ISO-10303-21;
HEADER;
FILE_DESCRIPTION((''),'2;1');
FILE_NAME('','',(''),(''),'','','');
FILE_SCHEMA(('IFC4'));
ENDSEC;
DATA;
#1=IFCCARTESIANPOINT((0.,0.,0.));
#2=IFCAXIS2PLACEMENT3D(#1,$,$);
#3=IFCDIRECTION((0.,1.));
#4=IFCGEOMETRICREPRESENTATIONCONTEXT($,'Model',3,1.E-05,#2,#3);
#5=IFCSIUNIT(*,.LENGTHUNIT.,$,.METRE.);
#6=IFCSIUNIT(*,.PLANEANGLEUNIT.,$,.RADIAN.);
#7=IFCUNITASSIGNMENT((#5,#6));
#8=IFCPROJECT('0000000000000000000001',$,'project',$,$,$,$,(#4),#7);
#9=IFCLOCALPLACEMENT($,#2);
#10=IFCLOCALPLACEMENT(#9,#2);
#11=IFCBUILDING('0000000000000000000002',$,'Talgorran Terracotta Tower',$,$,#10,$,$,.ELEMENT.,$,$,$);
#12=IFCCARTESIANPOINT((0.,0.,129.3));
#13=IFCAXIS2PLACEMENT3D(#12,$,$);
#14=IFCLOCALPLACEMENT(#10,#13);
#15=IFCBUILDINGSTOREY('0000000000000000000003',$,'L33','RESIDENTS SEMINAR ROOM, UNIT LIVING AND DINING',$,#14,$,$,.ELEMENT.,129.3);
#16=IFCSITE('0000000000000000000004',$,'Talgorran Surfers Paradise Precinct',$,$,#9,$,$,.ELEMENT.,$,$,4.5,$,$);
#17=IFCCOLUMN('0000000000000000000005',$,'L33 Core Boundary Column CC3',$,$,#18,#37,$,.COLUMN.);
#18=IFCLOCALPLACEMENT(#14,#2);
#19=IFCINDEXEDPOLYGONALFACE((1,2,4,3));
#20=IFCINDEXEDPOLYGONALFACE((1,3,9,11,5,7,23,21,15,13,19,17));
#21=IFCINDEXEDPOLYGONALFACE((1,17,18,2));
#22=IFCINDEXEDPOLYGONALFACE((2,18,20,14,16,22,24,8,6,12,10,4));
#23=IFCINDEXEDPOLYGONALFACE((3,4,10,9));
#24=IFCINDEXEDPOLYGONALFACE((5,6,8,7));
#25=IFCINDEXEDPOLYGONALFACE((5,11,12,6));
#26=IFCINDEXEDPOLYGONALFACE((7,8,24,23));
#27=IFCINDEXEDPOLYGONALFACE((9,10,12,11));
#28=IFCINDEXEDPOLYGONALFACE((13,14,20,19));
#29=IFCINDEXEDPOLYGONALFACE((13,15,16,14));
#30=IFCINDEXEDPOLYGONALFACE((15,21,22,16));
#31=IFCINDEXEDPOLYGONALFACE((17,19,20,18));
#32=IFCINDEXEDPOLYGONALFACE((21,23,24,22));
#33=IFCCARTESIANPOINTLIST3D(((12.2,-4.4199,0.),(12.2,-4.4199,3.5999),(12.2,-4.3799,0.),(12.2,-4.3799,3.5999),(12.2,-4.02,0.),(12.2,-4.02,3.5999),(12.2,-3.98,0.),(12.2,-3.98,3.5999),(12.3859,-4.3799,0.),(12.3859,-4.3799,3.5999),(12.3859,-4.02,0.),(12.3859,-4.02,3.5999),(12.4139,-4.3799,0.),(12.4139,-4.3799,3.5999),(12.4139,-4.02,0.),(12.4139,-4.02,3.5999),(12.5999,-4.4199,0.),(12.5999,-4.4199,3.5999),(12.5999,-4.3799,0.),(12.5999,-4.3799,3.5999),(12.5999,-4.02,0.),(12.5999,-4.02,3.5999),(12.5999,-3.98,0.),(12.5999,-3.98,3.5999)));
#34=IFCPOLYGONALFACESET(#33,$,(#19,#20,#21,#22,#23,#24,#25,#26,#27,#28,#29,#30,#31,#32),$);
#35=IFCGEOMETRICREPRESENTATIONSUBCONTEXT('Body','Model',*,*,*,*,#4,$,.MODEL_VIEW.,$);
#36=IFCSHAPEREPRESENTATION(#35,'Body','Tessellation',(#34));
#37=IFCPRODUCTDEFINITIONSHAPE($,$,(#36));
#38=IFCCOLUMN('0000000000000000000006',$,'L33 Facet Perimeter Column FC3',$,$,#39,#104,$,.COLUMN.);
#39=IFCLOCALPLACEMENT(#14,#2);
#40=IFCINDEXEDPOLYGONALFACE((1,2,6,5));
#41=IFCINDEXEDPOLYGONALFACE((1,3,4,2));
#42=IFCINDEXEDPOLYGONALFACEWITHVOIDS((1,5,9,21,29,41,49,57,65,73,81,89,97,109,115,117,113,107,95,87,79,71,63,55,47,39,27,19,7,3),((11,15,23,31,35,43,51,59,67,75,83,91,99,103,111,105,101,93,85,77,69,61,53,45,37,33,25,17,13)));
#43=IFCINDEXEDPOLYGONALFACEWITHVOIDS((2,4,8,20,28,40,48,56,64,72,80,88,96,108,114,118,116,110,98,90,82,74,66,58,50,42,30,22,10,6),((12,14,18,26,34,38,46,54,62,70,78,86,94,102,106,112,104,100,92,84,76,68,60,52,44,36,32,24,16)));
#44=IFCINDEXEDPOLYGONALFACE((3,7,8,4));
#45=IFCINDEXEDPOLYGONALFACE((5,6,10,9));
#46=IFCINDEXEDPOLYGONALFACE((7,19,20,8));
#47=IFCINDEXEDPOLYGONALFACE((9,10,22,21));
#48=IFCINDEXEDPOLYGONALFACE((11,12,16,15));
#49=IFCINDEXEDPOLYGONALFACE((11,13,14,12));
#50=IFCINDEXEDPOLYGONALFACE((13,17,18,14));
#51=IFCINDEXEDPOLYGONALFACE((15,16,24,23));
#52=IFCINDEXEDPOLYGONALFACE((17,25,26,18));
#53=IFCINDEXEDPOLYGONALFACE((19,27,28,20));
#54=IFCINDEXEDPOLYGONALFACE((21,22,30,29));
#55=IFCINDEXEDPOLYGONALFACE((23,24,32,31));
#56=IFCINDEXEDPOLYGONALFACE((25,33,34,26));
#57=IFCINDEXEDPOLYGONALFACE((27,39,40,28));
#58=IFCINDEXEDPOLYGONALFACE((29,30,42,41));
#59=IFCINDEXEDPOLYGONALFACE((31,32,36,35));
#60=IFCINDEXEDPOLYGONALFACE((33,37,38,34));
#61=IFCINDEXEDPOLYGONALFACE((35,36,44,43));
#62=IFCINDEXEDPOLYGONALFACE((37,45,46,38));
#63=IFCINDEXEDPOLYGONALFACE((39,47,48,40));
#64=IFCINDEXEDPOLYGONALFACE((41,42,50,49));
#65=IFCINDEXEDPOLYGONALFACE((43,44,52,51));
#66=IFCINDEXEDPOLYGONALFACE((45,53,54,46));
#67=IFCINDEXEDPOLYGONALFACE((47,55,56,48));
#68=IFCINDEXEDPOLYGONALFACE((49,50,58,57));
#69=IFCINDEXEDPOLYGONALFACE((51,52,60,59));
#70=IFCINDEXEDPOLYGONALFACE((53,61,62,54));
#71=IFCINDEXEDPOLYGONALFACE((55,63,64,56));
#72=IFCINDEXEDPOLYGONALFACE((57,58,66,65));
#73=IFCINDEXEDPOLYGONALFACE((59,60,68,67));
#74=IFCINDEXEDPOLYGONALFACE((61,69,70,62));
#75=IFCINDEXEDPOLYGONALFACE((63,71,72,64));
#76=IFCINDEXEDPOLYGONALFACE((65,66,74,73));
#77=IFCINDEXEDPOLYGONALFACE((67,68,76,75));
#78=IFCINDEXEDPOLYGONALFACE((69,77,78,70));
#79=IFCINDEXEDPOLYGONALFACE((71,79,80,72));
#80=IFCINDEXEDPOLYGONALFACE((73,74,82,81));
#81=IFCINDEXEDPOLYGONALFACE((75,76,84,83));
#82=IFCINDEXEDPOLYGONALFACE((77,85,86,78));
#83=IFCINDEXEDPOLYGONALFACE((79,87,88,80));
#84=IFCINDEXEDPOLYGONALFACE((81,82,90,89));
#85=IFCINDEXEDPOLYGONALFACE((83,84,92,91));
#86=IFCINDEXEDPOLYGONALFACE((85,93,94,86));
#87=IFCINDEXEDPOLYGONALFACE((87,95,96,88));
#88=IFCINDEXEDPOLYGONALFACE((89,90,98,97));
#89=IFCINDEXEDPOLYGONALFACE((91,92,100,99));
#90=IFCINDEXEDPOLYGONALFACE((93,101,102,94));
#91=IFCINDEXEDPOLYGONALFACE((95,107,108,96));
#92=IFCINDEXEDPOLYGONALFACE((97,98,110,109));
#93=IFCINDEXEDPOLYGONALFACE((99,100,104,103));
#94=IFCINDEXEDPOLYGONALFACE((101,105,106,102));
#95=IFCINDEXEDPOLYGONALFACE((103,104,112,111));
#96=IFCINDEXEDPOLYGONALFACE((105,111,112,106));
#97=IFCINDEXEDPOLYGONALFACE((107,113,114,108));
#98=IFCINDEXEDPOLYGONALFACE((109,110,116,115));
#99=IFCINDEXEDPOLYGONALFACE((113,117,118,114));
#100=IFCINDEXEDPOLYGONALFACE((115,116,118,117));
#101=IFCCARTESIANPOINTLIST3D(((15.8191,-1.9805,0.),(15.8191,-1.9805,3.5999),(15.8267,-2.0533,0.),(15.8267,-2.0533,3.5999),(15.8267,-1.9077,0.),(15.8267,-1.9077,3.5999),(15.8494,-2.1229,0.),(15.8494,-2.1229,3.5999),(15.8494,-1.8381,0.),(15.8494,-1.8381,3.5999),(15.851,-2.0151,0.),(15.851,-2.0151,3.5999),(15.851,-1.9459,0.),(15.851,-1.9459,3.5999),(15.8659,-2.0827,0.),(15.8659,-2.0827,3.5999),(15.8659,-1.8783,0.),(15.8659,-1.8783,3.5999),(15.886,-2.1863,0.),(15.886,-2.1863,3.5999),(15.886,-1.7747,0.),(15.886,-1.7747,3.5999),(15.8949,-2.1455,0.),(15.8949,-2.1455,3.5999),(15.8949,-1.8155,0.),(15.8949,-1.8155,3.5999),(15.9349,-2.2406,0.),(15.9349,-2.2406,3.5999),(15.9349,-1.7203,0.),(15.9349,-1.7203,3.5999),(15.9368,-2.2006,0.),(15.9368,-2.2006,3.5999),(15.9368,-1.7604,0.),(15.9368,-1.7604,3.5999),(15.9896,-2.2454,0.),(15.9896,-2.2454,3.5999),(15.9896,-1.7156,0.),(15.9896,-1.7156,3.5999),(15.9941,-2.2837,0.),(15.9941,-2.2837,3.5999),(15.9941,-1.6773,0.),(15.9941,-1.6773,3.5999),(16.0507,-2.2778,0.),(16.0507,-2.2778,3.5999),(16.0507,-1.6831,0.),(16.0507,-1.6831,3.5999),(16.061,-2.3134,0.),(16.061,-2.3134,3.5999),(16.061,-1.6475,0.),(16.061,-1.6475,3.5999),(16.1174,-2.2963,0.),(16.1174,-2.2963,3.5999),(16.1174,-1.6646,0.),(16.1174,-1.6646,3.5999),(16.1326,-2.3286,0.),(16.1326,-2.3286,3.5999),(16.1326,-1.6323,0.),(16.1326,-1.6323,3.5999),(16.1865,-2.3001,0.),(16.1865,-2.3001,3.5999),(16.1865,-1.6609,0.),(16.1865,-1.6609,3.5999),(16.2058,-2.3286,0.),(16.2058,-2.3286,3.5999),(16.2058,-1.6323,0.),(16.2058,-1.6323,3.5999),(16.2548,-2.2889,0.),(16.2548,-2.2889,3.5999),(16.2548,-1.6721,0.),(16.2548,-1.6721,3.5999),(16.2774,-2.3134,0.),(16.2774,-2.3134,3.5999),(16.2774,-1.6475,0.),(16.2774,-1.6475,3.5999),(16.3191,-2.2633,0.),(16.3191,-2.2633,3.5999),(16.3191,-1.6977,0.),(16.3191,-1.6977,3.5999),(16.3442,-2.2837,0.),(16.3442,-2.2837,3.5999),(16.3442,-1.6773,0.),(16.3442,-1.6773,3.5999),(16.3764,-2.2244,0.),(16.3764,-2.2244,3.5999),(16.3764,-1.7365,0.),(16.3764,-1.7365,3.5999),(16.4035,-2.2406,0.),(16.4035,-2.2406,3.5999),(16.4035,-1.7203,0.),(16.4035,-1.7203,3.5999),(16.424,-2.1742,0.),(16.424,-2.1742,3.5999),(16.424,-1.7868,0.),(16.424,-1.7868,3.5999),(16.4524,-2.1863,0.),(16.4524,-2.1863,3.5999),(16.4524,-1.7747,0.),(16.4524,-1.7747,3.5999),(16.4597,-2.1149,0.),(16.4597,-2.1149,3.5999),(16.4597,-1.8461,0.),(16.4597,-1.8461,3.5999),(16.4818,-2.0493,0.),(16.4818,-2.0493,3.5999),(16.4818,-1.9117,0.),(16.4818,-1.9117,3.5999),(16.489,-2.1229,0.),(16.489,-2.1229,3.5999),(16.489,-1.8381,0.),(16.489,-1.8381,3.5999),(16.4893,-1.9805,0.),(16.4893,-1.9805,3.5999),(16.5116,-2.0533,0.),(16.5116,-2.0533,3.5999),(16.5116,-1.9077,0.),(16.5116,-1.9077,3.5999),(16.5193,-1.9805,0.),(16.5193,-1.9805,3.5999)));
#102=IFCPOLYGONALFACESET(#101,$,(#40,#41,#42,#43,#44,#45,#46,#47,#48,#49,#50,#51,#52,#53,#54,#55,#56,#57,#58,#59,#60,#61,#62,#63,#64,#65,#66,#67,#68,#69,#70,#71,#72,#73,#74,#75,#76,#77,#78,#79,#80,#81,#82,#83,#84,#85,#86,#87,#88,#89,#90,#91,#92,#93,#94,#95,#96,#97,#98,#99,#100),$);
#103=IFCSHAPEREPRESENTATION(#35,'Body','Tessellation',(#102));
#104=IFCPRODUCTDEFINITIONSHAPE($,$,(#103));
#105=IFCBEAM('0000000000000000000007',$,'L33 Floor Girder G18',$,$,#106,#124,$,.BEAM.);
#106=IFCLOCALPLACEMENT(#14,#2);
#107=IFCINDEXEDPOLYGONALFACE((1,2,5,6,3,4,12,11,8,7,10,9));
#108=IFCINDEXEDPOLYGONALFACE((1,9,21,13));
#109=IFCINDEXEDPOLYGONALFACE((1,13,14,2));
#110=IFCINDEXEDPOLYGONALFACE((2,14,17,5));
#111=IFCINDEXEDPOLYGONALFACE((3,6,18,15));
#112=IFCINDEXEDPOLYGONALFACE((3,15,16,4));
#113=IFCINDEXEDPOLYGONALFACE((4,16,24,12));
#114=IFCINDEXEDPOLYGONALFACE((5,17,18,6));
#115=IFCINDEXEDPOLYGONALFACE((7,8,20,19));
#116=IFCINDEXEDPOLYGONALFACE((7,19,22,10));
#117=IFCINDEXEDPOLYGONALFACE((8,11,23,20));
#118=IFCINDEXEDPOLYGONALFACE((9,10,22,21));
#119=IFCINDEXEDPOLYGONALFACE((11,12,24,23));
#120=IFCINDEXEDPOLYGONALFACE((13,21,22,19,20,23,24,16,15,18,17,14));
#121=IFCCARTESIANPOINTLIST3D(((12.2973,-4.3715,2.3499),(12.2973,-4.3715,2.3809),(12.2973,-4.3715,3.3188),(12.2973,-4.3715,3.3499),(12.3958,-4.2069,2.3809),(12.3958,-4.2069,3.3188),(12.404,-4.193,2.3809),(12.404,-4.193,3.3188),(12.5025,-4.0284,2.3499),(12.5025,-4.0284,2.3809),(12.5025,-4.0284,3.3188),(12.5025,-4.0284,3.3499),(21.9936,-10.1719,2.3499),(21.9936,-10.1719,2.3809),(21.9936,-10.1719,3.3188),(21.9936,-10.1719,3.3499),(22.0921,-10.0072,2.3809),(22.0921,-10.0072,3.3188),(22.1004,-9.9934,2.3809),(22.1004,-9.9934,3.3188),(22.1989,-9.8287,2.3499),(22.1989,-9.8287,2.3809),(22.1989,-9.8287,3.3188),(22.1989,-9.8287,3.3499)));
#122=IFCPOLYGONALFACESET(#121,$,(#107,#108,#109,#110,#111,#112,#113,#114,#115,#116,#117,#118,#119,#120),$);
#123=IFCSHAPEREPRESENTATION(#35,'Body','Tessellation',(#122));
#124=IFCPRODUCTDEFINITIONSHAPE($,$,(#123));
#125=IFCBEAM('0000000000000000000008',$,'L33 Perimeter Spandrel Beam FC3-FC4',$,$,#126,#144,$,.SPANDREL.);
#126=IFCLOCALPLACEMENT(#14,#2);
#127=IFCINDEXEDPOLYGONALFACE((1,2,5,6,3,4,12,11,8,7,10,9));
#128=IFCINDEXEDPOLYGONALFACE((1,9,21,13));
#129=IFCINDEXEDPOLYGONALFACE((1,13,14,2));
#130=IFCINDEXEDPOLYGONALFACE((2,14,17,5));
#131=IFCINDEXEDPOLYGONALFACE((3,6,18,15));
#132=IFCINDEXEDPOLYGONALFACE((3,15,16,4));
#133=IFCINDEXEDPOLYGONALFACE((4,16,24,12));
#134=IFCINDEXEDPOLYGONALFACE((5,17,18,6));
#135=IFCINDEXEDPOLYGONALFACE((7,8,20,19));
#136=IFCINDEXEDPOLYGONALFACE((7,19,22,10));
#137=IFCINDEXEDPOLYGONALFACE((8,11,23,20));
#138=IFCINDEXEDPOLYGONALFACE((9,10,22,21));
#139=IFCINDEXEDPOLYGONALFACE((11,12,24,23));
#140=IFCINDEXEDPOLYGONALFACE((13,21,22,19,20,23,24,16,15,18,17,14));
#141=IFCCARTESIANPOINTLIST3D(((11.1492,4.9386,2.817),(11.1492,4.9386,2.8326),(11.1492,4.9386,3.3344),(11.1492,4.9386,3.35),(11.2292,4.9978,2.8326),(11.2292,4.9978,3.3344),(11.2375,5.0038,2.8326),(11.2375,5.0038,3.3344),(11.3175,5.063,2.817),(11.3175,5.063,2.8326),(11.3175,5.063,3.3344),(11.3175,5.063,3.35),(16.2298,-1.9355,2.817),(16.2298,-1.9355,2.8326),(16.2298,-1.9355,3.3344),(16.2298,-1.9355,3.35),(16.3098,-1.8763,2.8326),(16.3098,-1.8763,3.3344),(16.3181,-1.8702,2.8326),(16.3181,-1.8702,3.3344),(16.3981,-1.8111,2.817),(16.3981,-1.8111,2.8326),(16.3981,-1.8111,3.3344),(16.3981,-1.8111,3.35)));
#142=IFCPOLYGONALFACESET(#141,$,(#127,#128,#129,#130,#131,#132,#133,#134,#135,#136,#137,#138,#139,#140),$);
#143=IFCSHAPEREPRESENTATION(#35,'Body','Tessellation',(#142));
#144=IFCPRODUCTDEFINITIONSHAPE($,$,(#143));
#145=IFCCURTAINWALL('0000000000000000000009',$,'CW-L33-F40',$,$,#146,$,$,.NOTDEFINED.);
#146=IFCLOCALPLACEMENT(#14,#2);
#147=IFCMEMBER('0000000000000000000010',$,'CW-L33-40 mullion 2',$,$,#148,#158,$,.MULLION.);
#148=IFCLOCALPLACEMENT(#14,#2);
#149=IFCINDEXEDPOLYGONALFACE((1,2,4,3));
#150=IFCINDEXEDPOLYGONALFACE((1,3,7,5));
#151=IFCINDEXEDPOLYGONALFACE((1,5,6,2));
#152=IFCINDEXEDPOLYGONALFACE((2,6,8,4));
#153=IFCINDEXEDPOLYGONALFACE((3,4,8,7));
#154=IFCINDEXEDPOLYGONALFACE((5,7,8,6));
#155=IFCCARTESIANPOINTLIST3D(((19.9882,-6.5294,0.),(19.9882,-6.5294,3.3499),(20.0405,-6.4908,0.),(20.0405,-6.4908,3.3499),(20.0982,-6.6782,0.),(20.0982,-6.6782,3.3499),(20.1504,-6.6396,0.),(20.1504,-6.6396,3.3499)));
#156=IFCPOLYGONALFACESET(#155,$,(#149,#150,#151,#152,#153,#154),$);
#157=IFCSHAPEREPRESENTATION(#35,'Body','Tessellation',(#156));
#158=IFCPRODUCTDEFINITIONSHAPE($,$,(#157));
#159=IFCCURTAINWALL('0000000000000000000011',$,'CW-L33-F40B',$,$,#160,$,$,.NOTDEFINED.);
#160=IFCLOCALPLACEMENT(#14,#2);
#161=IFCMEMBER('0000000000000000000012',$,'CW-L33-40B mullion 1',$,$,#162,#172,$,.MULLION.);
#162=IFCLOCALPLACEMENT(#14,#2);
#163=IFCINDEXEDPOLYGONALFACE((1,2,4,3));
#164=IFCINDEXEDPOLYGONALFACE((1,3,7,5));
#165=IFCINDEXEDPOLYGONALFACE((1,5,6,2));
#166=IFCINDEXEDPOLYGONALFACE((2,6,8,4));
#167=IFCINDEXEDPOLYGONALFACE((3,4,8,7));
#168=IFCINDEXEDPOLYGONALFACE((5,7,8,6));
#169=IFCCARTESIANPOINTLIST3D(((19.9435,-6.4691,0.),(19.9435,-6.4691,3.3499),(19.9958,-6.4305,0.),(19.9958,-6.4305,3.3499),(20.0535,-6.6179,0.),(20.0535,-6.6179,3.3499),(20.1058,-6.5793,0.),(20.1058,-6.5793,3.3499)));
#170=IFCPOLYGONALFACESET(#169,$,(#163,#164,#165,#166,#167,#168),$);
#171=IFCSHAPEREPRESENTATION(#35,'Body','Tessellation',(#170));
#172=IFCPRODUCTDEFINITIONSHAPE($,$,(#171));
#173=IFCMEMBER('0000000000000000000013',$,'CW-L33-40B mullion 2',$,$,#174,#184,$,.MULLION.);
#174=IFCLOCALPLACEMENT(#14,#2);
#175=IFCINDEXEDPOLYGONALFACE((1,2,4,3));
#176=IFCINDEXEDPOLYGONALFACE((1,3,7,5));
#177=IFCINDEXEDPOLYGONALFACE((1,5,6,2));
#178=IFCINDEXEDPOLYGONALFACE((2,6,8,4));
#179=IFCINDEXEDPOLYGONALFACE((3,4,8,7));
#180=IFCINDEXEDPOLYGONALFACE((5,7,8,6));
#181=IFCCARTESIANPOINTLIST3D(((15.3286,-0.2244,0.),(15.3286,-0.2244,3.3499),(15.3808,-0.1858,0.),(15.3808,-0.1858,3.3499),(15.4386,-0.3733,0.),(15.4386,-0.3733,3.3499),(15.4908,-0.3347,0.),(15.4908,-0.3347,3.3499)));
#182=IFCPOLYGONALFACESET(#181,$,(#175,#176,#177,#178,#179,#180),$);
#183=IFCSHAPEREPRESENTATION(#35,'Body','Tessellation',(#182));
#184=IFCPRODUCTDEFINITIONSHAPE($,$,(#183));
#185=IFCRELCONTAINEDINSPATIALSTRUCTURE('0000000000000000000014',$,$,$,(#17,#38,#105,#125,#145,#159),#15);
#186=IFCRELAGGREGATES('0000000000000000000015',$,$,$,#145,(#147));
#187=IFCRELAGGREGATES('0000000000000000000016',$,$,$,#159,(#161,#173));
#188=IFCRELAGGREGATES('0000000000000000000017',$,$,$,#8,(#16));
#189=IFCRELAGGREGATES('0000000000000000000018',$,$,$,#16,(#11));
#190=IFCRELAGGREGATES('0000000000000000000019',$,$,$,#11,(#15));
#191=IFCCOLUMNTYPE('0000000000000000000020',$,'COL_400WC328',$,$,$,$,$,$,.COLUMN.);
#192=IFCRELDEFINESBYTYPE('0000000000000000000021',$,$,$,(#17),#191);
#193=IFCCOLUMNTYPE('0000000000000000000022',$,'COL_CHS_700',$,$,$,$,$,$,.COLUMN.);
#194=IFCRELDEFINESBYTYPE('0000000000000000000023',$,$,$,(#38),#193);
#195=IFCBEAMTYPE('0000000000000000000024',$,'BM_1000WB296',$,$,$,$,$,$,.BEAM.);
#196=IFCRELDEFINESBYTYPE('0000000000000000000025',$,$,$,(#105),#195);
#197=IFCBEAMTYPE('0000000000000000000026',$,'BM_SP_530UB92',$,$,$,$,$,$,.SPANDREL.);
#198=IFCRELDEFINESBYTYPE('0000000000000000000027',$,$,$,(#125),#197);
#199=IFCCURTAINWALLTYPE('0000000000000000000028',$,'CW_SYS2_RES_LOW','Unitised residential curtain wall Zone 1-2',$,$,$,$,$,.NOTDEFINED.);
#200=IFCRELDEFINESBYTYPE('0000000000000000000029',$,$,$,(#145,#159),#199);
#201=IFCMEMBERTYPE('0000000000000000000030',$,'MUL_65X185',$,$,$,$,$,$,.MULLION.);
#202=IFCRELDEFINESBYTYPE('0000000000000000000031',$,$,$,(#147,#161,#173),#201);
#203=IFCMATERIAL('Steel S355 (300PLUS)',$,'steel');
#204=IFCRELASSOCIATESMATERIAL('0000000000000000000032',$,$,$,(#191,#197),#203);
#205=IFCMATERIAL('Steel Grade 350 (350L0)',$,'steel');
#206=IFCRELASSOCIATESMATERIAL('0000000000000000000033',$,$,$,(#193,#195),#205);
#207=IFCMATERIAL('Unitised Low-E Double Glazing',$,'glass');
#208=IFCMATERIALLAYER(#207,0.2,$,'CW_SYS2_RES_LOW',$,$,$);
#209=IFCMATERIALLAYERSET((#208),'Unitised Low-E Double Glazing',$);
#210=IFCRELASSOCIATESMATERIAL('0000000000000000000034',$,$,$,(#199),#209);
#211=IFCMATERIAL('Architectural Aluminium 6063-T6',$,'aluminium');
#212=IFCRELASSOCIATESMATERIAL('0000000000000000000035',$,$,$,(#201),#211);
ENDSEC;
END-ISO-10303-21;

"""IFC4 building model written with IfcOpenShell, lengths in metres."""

from ifc_helpers import new_model, si_unit, direction, frame, origin, origin_2d, place, context, subcontext, project, spatial, rectangle, hollow_circle, i_section, extrude, material, layer, layer_set, material_profile, profile_set, type_object, element, aggregate, save


model = new_model("IFC4")

# Units and contexts
model_context = context("Model", 3, precision=1e-05, world=origin(), true_north=direction((0.0, 1.0)))
body_context = subcontext(model_context, "Body", "Model", "MODEL_VIEW")
ifc_project = project(units=[si_unit("LENGTHUNIT", "METRE"), si_unit("PLANEANGLEUNIT", "RADIAN")], contexts=[model_context])

# Site, building, storey
site_placement = place(None, origin())
site = spatial("IfcSite", under=ifc_project, at=site_placement, Name="Talgorran Surfers Paradise Precinct", CompositionType="ELEMENT", RefElevation=4.5)
building_placement = place(site_placement, origin())
building = spatial("IfcBuilding", under=site, at=building_placement, Name="Talgorran Terracotta Tower", CompositionType="ELEMENT")
storey_placement = place(building_placement, frame((0.0, 0.0, 129.3)))
storey = spatial("IfcBuildingStorey", under=building, at=storey_placement, Name="L33", Description="RESIDENTS SEMINAR ROOM, UNIT LIVING AND DINING", CompositionType="ELEMENT", Elevation=129.3)

# Columns
ifc_material_1 = material(Name="Steel S355 (300PLUS)", Category="steel")
ifc_material_profile_1 = material_profile(ifc_material_1, i_section(OverallWidth=0.3999, OverallDepth=0.4399, WebThickness=0.0281, FlangeThickness=0.04, at=origin_2d()), Name="400WC328")
ifc_profile_set_1 = profile_set([ifc_material_profile_1], Name="Steel S355 (300PLUS)")
column_type_1 = type_object("IfcColumnType", Name="COL_400WC328", PredefinedType="COLUMN", material=ifc_profile_set_1)
column_1_placement = place(storey_placement, frame((12.3999, -4.2, 0.0), z_axis=(0.0, 0.0, 1.0), x_axis=(1.0, 0.0, 0.0)))
element("IfcColumn", 1, at=column_1_placement, inside=storey, type_object=column_type_1, Name="L33 Core Boundary Column CC3", PredefinedType="COLUMN", context=body_context, shape_type="SweptSolid", body=[
    extrude(i_section(OverallWidth=0.3999, OverallDepth=0.4399, WebThickness=0.0281, FlangeThickness=0.04, at=origin_2d()), origin(), (0.0, 0.0, 1.0), 3.5999),
])
ifc_material_2 = material(Name="Steel Grade 350 (350L0)", Category="steel")
ifc_material_profile_2 = material_profile(ifc_material_2, hollow_circle(Radius=0.3501, WallThickness=0.03, at=origin_2d()), Name="CHS700X30")
ifc_profile_set_2 = profile_set([ifc_material_profile_2], Name="Steel Grade 350 (350L0)")
column_type_2 = type_object("IfcColumnType", Name="COL_CHS_700", PredefinedType="COLUMN", material=ifc_profile_set_2)
column_2_placement = place(storey_placement, frame((16.1692, -1.9805, 0.0), z_axis=(0.0, 0.0, 1.0), x_axis=(1.0, 0.0, 0.0)))
element("IfcColumn", 2, at=column_2_placement, inside=storey, type_object=column_type_2, Name="L33 Facet Perimeter Column FC3", PredefinedType="COLUMN", context=body_context, shape_type="SweptSolid", body=[
    extrude(hollow_circle(Radius=0.3501, WallThickness=0.03, at=origin_2d()), origin(), (0.0, 0.0, 1.0), 3.5999),
])

# Beams
ifc_material_profile_3 = material_profile(ifc_material_2, i_section(OverallWidth=0.3999, OverallDepth=1.0, WebThickness=0.0161, FlangeThickness=0.031, at=origin_2d()), Name="1000WB296")
ifc_profile_set_3 = profile_set([ifc_material_profile_3], Name="Steel Grade 350 (350L0)")
beam_type_1 = type_object("IfcBeamType", Name="BM_1000WB296", PredefinedType="BEAM", material=ifc_profile_set_3)
beam_1_placement = place(storey_placement, frame((12.3999, -4.2, 2.8499), z_axis=(0.858175, -0.513358, 0.0), x_axis=(0.513358, 0.858175, 0.0)))
element("IfcBeam", 3, at=beam_1_placement, inside=storey, type_object=beam_type_1, Name="L33 Floor Girder G18", PredefinedType="BEAM", context=body_context, shape_type="SweptSolid", body=[
    extrude(i_section(OverallWidth=0.3999, OverallDepth=1.0, WebThickness=0.0161, FlangeThickness=0.031, at=origin_2d()), origin(), (0.0, 0.0, 1.0), 11.2988),
])
ifc_material_profile_4 = material_profile(ifc_material_1, i_section(OverallWidth=0.2092, OverallDepth=0.533, WebThickness=0.0103, FlangeThickness=0.0156, at=origin_2d()), Name="530UB92.4")
ifc_profile_set_4 = profile_set([ifc_material_profile_4], Name="Steel S355 (300PLUS)")
beam_type_2 = type_object("IfcBeamType", Name="BM_SP_530UB92", PredefinedType="SPANDREL", material=ifc_profile_set_4)
beam_2_placement = place(storey_placement, frame((16.314, -1.8733, 3.0835), z_axis=(-0.594373, 0.804189, 0.0), x_axis=(-0.804189, -0.594373, 0.0)))
element("IfcBeam", 4, at=beam_2_placement, inside=storey, type_object=beam_type_2, Name="L33 Perimeter Spandrel Beam FC3-FC4", PredefinedType="SPANDREL", context=body_context, shape_type="SweptSolid", body=[
    extrude(i_section(OverallWidth=0.2092, OverallDepth=0.533, WebThickness=0.0103, FlangeThickness=0.0156, at=origin_2d()), origin(), (0.0, 0.0, 1.0), 8.5479),
])

# Curtain wall, member
ifc_material_3 = material(Name="Unitised Low-E Double Glazing", Category="glass")
ifc_layer_1 = layer(ifc_material_3, 0.2, Name="CW_SYS2_RES_LOW")
ifc_layer_set_1 = layer_set([ifc_layer_1], Name="Unitised Low-E Double Glazing")
curtain_wall_type = type_object("IfcCurtainWallType", Name="CW_SYS2_RES_LOW", Description="Unitised residential curtain wall Zone 1-2", PredefinedType="NOTDEFINED", material=ifc_layer_set_1)
curtain_wall_1_placement = place(storey_placement, origin())
curtain_wall_1 = element("IfcCurtainWall", 5, at=curtain_wall_1_placement, inside=storey, type_object=curtain_wall_type, Name="CW-L33-F40", PredefinedType="NOTDEFINED")
ifc_material_4 = material(Name="Architectural Aluminium 6063-T6", Category="aluminium")
ifc_material_profile_5 = material_profile(ifc_material_4, rectangle(XDim=0.0649, YDim=0.1851, at=origin_2d()), Name="CWM65X185")
ifc_profile_set_5 = profile_set([ifc_material_profile_5], Name="Architectural Aluminium 6063-T6")
member_type_1 = type_object("IfcMemberType", Name="MUL_65X185", PredefinedType="MULLION", material=ifc_profile_set_5)
member_1_placement = place(storey_placement, frame((20.0693, -6.5845, 0.0), z_axis=(0.0, 0.0, 1.0), x_axis=(-0.8042, -0.594359, 0.0)))
member_1 = element("IfcMember", 6, at=member_1_placement, type_object=member_type_1, Name="CW-L33-40 mullion 2", PredefinedType="MULLION", context=body_context, shape_type="SweptSolid", body=[
    extrude(rectangle(XDim=0.0649, YDim=0.1851, at=origin_2d()), origin(), (0.0, 0.0, 1.0), 3.3499),
])
aggregate(curtain_wall_1, [member_1])

# Curtain wall, members
curtain_wall_2_placement = place(storey_placement, origin())
curtain_wall_2 = element("IfcCurtainWall", 7, at=curtain_wall_2_placement, inside=storey, type_object=curtain_wall_type, Name="CW-L33-F40B", PredefinedType="NOTDEFINED")
member_2_placement = place(storey_placement, frame((20.0247, -6.5242, 0.0), z_axis=(0.0, 0.0, 1.0), x_axis=(-0.804199, -0.594359, 0.0)))
member_2 = element("IfcMember", 8, at=member_2_placement, type_object=member_type_1, Name="CW-L33-40B mullion 1", PredefinedType="MULLION", context=body_context, shape_type="SweptSolid", body=[
    extrude(rectangle(XDim=0.0649, YDim=0.1851, at=origin_2d()), origin(), (0.0, 0.0, 1.0), 3.3499),
])
member_3_placement = place(storey_placement, frame((15.4097, -0.2795, 0.0), z_axis=(0.0, 0.0, 1.0), x_axis=(-0.804199, -0.594359, 0.0)))
member_3 = element("IfcMember", 9, at=member_3_placement, type_object=member_type_1, Name="CW-L33-40B mullion 2", PredefinedType="MULLION", context=body_context, shape_type="SweptSolid", body=[
    extrude(rectangle(XDim=0.0649, YDim=0.1851, at=origin_2d()), origin(), (0.0, 0.0, 1.0), 3.3499),
])
aggregate(curtain_wall_2, [member_2, member_3])

save(model, "model.ifc")
